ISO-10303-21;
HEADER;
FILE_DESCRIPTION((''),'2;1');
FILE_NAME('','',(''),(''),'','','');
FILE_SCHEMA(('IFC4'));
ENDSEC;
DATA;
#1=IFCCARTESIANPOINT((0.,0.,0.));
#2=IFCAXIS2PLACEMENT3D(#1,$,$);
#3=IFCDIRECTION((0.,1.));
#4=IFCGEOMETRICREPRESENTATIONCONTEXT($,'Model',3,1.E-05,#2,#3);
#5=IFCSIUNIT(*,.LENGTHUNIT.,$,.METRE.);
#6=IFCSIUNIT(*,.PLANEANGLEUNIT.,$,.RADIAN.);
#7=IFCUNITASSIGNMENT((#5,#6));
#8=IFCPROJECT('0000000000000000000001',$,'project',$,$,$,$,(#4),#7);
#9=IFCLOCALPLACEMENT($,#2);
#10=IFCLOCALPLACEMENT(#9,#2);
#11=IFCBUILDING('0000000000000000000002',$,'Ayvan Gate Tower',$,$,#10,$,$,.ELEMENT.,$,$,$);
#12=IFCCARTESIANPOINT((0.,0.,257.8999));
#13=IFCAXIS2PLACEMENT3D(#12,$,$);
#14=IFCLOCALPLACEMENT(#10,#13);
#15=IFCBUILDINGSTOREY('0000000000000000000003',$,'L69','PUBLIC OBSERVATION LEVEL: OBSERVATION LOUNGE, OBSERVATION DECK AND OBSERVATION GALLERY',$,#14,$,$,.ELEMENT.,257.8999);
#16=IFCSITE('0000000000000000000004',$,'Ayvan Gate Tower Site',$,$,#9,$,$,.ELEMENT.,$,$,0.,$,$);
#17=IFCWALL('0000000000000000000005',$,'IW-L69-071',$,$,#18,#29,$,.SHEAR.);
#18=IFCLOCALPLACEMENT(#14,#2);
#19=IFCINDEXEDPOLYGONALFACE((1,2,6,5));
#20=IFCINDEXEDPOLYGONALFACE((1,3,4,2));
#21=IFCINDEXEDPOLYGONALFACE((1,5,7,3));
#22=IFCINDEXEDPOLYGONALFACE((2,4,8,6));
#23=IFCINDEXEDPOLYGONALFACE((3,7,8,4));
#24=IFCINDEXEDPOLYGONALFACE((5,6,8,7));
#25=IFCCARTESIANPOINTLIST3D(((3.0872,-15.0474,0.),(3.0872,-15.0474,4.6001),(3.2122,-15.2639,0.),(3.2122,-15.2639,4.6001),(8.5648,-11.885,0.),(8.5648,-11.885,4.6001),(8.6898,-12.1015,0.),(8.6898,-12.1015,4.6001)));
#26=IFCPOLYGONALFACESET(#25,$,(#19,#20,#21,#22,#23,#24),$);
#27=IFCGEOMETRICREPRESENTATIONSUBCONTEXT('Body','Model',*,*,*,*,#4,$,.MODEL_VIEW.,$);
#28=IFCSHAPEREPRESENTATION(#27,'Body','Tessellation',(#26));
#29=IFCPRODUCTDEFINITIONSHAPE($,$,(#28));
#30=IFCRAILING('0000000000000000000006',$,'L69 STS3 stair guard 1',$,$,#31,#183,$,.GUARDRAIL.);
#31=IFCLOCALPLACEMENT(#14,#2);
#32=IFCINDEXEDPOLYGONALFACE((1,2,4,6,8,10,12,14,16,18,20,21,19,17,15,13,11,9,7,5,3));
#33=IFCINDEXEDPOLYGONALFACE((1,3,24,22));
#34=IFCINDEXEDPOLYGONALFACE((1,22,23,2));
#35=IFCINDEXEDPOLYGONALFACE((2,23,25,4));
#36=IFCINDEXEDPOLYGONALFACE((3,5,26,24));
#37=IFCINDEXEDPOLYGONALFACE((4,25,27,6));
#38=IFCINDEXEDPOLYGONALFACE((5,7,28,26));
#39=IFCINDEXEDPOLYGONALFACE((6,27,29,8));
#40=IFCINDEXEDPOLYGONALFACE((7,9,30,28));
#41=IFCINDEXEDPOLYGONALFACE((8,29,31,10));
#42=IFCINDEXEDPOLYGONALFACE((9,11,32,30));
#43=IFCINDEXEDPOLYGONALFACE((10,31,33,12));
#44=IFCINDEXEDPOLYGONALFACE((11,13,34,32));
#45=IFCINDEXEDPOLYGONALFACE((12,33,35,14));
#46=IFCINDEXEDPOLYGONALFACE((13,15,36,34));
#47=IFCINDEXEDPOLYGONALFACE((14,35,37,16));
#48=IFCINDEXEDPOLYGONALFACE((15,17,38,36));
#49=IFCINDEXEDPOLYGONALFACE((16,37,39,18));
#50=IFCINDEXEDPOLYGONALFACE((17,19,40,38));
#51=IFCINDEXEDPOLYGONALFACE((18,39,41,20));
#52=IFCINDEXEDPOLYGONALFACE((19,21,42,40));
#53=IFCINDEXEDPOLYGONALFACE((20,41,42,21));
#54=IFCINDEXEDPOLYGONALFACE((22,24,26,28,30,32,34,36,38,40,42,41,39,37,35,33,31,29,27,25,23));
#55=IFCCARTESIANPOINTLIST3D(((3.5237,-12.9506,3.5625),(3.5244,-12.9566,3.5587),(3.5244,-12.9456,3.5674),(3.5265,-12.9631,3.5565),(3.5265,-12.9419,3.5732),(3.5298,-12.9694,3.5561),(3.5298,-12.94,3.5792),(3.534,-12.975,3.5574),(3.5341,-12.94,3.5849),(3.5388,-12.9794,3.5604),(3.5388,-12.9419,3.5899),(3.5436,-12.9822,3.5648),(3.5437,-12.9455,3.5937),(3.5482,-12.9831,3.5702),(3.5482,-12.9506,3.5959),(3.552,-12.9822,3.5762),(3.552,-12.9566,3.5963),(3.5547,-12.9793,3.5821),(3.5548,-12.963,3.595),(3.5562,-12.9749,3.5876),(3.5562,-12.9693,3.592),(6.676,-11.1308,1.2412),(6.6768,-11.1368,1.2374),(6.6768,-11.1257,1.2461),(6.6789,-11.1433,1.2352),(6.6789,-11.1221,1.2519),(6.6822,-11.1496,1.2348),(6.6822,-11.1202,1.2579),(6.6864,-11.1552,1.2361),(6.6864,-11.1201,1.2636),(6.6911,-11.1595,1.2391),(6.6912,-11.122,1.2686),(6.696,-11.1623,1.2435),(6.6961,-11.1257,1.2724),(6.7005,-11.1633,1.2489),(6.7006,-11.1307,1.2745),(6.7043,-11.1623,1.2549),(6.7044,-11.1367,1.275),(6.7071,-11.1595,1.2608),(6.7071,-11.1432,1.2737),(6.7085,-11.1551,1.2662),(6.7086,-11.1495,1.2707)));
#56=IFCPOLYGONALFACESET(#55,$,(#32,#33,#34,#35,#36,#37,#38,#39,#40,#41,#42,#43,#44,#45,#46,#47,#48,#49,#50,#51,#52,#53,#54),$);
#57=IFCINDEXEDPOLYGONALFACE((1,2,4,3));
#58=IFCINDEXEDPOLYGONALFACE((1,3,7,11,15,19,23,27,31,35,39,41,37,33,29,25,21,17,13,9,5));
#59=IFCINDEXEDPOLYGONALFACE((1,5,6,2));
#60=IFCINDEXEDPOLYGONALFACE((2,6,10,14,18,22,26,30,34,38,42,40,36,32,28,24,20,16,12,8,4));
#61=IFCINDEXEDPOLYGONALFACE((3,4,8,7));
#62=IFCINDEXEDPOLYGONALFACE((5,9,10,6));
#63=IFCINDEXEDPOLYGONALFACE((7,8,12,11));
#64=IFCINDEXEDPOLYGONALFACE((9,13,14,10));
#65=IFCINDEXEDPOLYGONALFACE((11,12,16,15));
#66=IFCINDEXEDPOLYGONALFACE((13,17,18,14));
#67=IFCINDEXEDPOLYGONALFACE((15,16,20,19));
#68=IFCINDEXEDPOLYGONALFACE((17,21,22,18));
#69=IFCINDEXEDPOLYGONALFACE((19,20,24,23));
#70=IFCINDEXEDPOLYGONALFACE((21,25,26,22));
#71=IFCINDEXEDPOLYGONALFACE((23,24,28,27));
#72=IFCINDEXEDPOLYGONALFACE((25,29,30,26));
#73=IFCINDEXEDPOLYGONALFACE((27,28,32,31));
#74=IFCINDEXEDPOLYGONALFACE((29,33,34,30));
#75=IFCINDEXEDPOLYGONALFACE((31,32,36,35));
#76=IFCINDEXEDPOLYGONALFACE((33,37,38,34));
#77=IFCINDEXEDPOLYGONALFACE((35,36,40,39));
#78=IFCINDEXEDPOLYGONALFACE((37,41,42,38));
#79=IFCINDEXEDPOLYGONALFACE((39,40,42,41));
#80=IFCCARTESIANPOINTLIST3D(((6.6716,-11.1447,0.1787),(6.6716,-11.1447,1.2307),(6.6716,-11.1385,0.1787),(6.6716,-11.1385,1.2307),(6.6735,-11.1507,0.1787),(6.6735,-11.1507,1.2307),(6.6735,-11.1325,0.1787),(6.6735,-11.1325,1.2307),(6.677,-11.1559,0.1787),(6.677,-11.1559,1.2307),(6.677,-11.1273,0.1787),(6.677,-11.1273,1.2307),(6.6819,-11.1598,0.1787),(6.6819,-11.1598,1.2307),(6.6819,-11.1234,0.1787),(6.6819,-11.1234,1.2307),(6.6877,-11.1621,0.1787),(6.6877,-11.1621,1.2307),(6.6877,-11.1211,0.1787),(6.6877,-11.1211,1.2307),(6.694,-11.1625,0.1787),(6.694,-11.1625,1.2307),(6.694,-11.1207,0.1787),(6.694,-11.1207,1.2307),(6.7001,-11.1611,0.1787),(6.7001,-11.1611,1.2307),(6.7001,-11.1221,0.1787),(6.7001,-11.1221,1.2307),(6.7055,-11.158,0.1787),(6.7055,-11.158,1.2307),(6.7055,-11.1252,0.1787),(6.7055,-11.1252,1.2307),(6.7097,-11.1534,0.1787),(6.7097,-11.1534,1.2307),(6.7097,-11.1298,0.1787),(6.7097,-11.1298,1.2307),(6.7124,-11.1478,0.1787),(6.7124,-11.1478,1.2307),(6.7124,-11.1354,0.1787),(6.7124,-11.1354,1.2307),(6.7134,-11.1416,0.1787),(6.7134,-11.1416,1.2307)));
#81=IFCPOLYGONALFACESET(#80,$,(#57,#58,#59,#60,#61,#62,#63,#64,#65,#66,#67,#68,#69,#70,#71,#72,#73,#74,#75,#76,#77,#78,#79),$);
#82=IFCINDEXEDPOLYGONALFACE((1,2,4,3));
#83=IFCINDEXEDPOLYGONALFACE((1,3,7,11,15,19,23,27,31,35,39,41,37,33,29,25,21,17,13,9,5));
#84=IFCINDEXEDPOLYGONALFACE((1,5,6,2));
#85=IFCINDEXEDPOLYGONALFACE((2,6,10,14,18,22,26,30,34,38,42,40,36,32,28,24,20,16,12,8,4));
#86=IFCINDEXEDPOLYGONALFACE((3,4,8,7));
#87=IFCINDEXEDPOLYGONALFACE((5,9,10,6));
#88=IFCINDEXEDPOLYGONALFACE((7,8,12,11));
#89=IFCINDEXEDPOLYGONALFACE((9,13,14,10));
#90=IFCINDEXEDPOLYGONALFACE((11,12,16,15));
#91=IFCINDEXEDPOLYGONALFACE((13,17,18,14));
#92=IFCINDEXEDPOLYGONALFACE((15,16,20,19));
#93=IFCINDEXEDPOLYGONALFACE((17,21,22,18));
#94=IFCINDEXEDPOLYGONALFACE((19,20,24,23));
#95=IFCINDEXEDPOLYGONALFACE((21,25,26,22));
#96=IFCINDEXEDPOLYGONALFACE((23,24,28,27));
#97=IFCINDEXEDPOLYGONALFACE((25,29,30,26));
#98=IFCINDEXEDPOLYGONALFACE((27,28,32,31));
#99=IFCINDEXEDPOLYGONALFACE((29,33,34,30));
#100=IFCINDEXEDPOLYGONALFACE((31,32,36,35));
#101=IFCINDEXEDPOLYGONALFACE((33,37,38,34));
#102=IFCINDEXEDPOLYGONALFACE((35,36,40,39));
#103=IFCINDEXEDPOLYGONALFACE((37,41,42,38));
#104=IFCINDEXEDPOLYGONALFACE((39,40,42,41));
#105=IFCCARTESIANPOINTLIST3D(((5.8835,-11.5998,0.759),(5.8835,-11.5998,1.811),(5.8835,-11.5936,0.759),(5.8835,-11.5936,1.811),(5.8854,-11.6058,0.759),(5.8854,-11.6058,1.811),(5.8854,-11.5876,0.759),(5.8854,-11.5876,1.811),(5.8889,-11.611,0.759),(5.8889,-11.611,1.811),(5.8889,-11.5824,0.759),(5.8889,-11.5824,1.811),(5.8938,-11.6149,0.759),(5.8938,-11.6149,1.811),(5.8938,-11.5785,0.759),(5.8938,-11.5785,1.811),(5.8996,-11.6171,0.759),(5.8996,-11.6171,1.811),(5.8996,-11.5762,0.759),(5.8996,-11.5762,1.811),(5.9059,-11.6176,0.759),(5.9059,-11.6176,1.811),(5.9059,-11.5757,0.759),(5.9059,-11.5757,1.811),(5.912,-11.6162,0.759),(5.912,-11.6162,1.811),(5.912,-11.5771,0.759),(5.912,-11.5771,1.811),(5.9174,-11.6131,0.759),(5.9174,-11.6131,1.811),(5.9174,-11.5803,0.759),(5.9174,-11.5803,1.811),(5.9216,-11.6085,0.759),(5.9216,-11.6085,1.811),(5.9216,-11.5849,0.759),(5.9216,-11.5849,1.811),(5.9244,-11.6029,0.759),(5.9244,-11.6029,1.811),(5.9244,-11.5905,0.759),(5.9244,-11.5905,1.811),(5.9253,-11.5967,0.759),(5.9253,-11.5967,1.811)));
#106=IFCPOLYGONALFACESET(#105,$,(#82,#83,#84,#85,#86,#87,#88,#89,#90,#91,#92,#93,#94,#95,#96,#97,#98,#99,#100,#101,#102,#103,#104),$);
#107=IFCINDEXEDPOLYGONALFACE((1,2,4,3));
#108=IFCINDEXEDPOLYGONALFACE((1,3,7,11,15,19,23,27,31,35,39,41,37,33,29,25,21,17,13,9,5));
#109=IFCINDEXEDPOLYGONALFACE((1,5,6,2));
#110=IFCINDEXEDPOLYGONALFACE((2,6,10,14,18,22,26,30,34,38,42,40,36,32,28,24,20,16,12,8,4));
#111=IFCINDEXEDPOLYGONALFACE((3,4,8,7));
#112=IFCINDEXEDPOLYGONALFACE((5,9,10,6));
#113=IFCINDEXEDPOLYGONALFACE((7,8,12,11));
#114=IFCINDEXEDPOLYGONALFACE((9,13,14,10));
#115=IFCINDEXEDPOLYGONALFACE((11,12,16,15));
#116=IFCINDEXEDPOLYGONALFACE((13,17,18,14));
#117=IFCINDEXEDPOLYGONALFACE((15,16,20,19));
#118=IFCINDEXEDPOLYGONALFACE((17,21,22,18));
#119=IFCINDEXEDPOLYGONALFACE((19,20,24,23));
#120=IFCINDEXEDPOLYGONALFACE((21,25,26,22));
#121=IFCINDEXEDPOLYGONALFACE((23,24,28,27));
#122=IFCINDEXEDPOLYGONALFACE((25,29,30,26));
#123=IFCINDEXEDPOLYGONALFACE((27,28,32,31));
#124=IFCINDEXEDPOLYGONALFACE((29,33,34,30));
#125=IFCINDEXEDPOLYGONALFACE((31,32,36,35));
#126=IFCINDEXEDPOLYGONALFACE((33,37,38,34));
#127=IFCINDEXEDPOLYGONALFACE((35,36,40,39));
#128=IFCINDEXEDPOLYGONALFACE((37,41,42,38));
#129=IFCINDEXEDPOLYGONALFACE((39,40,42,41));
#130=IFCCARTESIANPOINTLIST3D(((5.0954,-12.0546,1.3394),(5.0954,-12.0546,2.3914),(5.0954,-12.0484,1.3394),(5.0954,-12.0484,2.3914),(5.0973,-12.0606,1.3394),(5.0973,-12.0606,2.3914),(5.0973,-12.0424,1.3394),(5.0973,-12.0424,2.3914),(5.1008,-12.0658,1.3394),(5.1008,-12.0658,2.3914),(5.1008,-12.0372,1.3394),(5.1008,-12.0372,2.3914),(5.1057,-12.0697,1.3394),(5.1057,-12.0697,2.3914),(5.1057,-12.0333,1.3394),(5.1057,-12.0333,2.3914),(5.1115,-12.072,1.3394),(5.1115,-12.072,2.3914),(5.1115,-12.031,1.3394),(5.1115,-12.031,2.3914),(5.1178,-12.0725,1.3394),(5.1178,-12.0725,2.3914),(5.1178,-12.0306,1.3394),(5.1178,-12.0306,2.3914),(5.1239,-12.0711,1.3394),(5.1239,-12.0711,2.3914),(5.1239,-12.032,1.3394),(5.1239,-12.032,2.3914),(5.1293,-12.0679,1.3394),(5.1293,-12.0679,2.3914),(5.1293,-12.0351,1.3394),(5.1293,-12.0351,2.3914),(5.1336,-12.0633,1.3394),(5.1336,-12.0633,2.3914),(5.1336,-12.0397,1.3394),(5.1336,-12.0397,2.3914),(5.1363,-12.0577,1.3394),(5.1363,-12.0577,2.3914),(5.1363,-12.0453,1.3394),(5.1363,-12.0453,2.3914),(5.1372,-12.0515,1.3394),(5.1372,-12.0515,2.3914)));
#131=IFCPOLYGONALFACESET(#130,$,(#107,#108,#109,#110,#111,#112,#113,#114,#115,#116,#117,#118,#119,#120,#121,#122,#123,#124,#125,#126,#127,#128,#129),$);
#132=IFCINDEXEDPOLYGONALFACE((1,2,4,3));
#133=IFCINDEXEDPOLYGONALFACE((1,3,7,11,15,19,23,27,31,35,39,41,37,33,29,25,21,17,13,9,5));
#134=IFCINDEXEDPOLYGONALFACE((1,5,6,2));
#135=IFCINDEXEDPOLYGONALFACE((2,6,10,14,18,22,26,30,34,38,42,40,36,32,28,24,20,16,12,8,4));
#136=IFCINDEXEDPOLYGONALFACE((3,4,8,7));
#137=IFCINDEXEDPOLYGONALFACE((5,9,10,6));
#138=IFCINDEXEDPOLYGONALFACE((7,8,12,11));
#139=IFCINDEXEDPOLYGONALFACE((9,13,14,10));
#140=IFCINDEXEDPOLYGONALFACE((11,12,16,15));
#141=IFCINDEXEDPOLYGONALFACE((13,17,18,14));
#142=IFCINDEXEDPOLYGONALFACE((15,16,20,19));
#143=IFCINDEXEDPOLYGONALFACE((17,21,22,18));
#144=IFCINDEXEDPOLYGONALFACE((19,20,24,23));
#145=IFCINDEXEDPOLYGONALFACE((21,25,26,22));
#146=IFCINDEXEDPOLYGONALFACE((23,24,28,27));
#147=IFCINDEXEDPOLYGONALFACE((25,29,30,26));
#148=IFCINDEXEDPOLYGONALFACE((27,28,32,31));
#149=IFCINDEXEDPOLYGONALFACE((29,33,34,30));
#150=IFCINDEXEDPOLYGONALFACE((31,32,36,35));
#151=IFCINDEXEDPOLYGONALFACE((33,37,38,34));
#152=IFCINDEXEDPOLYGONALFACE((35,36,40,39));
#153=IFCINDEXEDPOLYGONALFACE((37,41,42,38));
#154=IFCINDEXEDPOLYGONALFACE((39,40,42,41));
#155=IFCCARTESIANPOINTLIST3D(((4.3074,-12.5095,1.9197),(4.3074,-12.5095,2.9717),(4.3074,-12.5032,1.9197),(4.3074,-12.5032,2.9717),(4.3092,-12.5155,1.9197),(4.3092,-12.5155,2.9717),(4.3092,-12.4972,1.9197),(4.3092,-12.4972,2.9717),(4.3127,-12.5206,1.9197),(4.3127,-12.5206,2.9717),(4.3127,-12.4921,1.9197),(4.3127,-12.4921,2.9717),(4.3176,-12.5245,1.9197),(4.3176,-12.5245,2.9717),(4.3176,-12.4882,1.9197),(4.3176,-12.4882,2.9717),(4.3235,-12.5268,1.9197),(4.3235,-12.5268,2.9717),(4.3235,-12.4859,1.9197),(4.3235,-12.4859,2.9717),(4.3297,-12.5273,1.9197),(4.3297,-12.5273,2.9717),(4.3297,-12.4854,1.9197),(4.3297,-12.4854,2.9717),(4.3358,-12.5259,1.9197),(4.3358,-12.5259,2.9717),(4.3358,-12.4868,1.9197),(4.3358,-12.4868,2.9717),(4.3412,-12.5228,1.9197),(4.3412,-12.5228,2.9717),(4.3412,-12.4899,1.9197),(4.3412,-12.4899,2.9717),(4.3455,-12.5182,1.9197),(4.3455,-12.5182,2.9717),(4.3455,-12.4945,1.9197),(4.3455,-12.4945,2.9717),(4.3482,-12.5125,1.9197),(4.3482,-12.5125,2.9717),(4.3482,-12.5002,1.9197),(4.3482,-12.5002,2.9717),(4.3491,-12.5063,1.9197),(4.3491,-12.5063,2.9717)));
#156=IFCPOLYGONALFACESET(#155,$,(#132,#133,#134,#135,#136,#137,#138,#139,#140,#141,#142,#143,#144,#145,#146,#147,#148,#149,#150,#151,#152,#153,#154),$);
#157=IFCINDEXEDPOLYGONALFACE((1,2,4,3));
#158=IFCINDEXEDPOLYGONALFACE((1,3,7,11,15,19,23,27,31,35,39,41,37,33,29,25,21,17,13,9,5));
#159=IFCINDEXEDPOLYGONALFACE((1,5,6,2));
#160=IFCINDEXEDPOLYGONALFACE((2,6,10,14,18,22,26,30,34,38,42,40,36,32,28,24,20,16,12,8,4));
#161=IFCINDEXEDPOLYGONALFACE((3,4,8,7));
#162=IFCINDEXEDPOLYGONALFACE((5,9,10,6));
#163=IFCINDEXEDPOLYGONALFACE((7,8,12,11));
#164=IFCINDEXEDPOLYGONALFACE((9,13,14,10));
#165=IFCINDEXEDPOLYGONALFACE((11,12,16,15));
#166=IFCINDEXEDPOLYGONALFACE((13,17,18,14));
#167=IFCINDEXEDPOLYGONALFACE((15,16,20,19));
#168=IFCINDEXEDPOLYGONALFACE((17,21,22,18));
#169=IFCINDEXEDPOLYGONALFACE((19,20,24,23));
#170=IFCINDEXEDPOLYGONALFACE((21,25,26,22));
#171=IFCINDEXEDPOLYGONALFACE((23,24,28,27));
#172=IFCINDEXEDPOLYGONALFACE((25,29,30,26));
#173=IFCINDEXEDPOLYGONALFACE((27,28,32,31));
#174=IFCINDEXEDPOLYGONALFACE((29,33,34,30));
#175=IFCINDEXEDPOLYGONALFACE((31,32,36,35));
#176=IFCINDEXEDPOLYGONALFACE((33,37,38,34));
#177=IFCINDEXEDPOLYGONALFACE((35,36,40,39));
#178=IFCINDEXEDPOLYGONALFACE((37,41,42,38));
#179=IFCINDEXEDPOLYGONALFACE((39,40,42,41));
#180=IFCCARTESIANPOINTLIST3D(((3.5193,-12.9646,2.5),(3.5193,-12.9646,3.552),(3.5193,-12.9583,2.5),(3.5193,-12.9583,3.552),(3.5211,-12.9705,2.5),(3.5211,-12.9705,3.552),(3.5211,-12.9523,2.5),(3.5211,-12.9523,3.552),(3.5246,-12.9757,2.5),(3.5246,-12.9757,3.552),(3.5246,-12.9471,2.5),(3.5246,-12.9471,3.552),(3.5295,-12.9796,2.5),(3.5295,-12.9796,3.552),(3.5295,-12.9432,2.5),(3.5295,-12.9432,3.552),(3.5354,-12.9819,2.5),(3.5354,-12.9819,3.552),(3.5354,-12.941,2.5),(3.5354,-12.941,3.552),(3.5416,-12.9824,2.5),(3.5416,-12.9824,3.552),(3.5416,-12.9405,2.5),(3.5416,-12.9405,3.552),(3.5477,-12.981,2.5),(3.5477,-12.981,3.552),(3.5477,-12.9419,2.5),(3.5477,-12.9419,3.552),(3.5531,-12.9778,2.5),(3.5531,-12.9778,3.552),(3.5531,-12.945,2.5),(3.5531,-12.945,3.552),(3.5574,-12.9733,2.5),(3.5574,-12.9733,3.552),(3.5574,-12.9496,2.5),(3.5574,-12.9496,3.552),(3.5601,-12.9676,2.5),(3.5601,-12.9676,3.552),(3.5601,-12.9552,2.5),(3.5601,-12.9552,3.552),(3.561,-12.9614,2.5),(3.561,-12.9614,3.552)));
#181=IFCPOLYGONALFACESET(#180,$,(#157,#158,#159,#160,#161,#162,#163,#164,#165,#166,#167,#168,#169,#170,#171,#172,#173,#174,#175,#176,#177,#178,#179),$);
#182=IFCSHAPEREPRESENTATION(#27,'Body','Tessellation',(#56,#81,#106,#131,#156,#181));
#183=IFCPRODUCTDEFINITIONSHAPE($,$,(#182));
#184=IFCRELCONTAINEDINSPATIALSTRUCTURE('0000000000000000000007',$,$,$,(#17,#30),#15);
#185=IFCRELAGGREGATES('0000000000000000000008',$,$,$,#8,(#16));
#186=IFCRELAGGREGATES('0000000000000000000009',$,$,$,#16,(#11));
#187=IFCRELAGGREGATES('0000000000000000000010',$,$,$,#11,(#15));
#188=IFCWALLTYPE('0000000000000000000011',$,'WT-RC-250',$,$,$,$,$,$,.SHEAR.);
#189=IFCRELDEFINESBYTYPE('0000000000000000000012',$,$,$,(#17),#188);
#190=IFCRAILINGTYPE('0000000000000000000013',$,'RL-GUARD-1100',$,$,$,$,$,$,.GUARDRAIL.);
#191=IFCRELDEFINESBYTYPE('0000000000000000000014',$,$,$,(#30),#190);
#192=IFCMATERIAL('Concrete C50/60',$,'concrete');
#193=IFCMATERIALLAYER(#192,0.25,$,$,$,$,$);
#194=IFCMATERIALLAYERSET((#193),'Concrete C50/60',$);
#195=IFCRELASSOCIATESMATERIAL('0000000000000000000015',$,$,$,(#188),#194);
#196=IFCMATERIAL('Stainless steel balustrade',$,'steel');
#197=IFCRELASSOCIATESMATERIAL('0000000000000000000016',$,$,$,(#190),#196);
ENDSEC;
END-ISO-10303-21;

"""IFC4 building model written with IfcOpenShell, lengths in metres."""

from ifc_helpers import new_model, si_unit, direction, frame, frame_2d, origin, origin_2d, place, context, subcontext, project, spatial, rectangle, circle, extrude, material, layer, layer_set, type_object, element, save


model = new_model("IFC4")

# Units and contexts
model_context = context("Model", 3, precision=1e-05, world=origin(), true_north=direction((0.0, 1.0)))
body_context = subcontext(model_context, "Body", "Model", "MODEL_VIEW")
ifc_project = project(units=[si_unit("LENGTHUNIT", "METRE"), si_unit("PLANEANGLEUNIT", "RADIAN")], contexts=[model_context])

# Site, building, storey
site_placement = place(None, origin())
site = spatial("IfcSite", under=ifc_project, at=site_placement, Name="Ayvan Gate Tower Site", CompositionType="ELEMENT", RefElevation=0.0)
building_placement = place(site_placement, origin())
building = spatial("IfcBuilding", under=site, at=building_placement, Name="Ayvan Gate Tower", CompositionType="ELEMENT")
storey_placement = place(building_placement, frame((0.0, 0.0, 257.8999)))
storey = spatial("IfcBuildingStorey", under=building, at=storey_placement, Name="L69", Description="PUBLIC OBSERVATION LEVEL: OBSERVATION LOUNGE, OBSERVATION DECK AND OBSERVATION GALLERY", CompositionType="ELEMENT", Elevation=257.8999)

# Shared definitions
ifc_material_1 = material(Name="Concrete C50/60", Category="concrete")
ifc_layer_1 = layer(ifc_material_1, 0.25)
ifc_layer_set_1 = layer_set([ifc_layer_1], Name="Concrete C50/60")
wall_type_1 = type_object("IfcWallType", Name="WT-RC-250", PredefinedType="SHEAR", material=ifc_layer_set_1)

# Wall
wall_1_placement = place(storey_placement, frame((8.6274, -11.9932, 0.0), z_axis=(0.0, 0.0, 1.0), x_axis=(-0.866033, -0.499988, 0.0)))
element("IfcWall", 1, at=wall_1_placement, inside=storey, type_object=wall_type_1, Name="IW-L69-071", PredefinedType="SHEAR", context=body_context, shape_type="SweptSolid", body=[
    extrude(rectangle(XDim=6.325, YDim=0.25, at=frame_2d((3.1626, 0.0))), origin(), (0.0, 0.0, 1.0), 4.6001),
])

# Railing
ifc_material_2 = material(Name="Stainless steel balustrade", Category="steel")
railing_type_1 = type_object("IfcRailingType", Name="RL-GUARD-1100", PredefinedType="GUARDRAIL", material=ifc_material_2)
railing_1_placement = place(storey_placement, frame((6.6924, -11.1416, 0.1787)))
element("IfcRailing", 2, at=railing_1_placement, inside=storey, type_object=railing_type_1, Name="L69 STS3 stair guard 1", PredefinedType="GUARDRAIL", context=body_context, shape_type="SweptSolid", body=[
    extrude(circle(Radius=0.0239, at=origin_2d()), frame((0.0, 0.0, 1.0762), z_axis=(-0.730198, -0.421538, 0.537695), x_axis=(0.499962, -0.866047, 0.0)), (0.0, 0.0, 1.0), 4.3171),
    extrude(circle(Radius=0.021, at=origin_2d()), origin(), (0.0, 0.0, 1.0), 1.052),
    extrude(circle(Radius=0.021, at=origin_2d()), frame((-0.7881, -0.4551, 0.5803)), (0.0, 0.0, 1.0), 1.052),
    extrude(circle(Radius=0.021, at=origin_2d()), frame((-1.5762, -0.9099, 1.1606)), (0.0, 0.0, 1.0), 1.052),
    extrude(circle(Radius=0.021, at=origin_2d()), frame((-2.3643, -1.3647, 1.741)), (0.0, 0.0, 1.0), 1.052),
    extrude(circle(Radius=0.021, at=origin_2d()), frame((-3.1523, -1.8198, 2.3213)), (0.0, 0.0, 1.0), 1.052),
])

save(model, "model.ifc")
